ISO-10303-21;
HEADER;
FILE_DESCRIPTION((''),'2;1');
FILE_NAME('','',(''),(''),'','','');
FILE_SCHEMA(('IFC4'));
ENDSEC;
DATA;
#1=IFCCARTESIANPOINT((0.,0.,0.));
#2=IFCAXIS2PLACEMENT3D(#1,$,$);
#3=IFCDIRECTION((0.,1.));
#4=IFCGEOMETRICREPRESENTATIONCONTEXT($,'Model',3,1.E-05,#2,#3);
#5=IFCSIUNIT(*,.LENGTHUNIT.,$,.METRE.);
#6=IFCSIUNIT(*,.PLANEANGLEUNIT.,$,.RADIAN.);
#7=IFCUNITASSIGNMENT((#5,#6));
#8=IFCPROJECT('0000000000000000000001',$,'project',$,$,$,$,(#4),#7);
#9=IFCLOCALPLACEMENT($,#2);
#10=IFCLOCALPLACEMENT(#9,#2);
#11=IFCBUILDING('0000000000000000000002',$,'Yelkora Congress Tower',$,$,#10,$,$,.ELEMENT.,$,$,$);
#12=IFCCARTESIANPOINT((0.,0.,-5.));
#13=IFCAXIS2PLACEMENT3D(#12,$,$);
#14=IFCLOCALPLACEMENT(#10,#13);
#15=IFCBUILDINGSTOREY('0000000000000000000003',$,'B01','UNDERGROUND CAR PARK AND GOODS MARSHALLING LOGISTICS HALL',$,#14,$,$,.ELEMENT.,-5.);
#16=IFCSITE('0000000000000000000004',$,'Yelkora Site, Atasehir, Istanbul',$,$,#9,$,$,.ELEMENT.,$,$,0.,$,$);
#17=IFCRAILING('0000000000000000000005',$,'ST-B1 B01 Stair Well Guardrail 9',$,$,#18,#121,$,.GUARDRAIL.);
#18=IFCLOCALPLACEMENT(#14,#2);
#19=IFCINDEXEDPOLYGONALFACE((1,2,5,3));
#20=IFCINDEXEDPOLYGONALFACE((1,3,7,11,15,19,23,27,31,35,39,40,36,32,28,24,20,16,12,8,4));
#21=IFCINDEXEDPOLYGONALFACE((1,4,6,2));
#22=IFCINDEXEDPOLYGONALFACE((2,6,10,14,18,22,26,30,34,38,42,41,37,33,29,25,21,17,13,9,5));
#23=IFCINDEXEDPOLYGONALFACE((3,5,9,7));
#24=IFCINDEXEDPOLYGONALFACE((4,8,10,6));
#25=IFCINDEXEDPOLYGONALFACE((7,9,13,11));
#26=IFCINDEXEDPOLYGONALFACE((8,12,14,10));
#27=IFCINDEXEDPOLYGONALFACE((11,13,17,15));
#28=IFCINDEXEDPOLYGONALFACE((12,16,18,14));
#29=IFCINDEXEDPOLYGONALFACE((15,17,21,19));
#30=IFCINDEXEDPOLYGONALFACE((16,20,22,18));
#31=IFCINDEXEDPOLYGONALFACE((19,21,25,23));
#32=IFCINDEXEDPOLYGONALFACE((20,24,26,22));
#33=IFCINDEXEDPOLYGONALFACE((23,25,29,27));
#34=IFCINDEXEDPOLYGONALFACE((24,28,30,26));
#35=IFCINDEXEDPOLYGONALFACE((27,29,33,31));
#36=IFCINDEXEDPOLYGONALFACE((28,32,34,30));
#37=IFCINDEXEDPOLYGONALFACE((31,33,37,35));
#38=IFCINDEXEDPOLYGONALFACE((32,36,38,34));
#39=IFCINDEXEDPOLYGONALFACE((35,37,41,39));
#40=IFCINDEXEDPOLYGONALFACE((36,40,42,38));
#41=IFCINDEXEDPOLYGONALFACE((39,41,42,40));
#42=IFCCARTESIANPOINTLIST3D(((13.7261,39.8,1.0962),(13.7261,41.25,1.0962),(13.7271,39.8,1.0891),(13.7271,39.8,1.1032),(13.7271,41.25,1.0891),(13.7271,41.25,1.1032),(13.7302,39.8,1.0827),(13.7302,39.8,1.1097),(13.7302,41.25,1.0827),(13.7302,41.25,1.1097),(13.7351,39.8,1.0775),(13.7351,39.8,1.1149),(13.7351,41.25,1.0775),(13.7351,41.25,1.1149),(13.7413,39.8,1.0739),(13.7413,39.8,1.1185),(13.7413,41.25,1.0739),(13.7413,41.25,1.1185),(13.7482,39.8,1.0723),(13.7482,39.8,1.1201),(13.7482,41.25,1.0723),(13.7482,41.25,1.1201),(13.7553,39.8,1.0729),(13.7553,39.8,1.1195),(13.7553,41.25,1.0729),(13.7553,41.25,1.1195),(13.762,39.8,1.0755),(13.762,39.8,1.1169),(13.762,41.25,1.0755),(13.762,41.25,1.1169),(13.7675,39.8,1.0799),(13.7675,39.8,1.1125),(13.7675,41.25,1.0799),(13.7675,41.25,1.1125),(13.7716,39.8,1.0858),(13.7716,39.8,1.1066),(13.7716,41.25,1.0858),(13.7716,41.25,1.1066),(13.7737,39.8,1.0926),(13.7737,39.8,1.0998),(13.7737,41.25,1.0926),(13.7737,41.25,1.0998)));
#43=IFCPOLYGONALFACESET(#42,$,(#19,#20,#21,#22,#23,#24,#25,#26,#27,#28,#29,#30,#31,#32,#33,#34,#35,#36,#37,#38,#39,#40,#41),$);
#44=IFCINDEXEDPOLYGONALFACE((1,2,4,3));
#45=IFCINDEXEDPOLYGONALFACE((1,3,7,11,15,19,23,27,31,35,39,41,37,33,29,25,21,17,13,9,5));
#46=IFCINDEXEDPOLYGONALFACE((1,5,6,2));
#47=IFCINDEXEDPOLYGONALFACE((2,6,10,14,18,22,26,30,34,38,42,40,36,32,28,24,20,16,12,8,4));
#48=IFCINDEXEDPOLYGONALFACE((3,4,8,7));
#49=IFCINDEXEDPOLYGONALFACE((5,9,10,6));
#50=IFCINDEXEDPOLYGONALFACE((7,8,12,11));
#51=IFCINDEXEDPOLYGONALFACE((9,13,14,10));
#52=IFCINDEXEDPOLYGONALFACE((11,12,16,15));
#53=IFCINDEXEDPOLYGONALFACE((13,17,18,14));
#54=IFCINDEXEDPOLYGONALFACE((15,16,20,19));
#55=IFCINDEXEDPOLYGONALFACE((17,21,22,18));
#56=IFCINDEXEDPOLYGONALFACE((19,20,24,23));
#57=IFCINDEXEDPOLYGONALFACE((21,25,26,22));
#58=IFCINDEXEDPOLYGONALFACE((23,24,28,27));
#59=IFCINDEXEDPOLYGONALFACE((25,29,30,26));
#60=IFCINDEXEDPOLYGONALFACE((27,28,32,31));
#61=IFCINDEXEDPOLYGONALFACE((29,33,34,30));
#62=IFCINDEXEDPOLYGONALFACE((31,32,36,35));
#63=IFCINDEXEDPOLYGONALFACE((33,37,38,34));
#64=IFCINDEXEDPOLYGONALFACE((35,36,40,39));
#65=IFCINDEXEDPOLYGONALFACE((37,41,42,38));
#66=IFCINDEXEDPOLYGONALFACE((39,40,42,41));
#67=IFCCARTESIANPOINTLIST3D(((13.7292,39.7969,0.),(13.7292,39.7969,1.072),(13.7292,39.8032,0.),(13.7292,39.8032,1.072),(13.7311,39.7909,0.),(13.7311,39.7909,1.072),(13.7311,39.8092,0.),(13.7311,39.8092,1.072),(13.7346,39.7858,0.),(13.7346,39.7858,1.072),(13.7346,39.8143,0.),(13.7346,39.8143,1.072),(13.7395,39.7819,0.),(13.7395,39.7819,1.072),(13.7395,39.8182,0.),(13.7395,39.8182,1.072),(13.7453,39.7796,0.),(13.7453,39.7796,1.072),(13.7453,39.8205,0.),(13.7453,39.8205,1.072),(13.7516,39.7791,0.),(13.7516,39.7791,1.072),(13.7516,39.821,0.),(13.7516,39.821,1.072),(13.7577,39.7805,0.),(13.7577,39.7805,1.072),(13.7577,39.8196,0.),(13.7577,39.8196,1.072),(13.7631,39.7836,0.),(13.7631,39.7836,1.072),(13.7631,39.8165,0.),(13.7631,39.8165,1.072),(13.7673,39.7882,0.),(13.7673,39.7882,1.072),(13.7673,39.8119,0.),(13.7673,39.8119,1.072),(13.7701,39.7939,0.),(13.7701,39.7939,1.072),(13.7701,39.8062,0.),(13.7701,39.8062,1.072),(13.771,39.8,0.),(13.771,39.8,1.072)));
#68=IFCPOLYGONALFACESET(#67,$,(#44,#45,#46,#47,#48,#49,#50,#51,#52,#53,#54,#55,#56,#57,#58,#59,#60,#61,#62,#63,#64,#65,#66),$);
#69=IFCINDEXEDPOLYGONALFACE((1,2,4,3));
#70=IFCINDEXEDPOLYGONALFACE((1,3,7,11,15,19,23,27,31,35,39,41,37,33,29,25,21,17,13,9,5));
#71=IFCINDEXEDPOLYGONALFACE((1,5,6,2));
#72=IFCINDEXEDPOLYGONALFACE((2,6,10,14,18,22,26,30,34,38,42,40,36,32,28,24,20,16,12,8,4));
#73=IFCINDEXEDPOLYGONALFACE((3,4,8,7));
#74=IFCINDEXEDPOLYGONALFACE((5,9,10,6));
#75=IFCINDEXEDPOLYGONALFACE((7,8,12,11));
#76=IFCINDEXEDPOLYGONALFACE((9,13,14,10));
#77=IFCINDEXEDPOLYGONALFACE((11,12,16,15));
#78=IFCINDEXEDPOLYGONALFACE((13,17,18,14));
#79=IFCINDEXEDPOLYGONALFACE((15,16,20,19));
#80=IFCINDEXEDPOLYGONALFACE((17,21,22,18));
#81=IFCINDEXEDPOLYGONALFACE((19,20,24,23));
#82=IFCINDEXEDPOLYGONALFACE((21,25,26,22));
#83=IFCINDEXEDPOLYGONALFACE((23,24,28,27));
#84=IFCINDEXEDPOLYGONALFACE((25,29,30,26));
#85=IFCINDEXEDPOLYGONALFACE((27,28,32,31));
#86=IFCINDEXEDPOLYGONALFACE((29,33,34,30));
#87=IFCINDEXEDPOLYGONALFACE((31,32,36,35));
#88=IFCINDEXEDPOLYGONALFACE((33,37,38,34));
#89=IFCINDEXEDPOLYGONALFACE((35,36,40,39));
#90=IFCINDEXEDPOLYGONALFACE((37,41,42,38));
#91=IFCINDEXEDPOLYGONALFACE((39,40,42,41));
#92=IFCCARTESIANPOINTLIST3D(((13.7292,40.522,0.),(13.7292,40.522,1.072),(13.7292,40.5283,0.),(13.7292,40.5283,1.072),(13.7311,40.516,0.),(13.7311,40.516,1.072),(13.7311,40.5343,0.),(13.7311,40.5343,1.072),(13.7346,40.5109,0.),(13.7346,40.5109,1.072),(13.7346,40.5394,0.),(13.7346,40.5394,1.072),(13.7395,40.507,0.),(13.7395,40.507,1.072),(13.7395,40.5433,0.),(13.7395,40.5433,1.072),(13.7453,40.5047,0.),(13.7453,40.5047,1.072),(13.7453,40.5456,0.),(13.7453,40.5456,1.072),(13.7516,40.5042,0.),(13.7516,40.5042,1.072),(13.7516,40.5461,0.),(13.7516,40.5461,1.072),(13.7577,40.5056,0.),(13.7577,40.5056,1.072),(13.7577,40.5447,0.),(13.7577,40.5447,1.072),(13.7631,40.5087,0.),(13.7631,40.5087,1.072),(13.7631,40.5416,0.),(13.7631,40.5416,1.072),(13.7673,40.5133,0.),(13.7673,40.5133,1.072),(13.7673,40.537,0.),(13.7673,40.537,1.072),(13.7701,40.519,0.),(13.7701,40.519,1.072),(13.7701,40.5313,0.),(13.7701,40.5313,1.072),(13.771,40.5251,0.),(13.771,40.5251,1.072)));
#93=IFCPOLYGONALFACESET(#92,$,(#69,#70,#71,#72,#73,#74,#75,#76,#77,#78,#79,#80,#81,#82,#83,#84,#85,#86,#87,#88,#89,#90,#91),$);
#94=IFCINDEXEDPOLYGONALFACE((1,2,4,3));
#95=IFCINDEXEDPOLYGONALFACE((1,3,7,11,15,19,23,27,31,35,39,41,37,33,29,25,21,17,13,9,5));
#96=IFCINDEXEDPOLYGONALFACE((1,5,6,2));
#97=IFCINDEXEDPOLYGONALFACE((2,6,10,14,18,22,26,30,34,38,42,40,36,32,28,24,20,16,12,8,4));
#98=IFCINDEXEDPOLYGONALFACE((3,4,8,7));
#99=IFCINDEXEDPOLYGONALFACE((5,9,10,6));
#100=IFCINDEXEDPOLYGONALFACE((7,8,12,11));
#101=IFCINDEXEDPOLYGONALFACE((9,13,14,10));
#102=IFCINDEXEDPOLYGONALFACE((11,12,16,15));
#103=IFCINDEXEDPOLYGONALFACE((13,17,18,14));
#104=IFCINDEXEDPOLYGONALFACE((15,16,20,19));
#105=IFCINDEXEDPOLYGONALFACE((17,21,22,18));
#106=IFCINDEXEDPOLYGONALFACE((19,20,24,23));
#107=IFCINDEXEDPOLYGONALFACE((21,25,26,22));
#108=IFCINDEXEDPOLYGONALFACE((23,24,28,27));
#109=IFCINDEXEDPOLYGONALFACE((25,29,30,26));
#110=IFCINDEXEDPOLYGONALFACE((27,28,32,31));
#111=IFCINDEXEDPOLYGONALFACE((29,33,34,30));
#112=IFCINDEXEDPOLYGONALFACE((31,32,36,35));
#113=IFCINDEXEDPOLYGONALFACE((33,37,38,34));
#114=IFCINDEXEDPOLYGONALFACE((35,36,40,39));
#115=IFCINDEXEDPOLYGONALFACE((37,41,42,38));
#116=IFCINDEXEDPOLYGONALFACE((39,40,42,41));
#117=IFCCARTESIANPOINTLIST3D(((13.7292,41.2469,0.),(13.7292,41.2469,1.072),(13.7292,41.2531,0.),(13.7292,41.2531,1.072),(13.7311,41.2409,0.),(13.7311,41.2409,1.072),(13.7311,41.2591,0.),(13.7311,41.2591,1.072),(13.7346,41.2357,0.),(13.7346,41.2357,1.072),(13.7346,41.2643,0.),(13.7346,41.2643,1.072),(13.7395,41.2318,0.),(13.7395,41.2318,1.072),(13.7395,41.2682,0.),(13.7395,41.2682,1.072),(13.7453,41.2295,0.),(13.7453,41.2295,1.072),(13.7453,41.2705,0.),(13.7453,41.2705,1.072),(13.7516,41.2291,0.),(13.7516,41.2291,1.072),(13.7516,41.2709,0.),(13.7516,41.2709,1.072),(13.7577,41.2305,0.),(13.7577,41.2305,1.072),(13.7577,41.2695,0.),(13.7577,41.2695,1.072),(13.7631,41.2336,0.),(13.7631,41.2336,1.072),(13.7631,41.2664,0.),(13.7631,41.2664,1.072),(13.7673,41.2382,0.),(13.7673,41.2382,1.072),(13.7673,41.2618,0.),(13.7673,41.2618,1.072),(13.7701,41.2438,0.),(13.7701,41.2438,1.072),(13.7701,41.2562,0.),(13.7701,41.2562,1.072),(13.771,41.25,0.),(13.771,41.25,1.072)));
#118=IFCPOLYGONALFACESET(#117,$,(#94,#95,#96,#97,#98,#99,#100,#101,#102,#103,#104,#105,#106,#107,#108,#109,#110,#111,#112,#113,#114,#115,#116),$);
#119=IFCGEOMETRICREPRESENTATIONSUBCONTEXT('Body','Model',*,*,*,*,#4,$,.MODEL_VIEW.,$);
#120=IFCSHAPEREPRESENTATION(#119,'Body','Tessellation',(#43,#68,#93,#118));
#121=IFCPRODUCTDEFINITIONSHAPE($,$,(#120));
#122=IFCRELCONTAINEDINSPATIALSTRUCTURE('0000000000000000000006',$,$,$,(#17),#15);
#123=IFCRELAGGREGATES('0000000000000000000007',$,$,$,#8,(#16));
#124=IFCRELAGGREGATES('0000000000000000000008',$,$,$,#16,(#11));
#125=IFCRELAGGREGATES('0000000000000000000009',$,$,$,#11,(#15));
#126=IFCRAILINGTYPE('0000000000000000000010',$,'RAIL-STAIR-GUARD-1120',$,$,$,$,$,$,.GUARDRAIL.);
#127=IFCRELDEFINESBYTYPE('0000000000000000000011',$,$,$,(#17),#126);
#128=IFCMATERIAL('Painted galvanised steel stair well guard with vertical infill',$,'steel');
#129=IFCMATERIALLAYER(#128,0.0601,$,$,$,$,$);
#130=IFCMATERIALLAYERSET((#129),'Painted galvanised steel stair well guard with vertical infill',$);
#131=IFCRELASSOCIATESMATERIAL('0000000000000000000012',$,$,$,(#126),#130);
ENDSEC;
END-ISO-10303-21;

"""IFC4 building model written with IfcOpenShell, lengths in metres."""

from ifc_helpers import new_model, si_unit, direction, frame, origin, origin_2d, place, context, subcontext, project, spatial, circle, extrude, material, layer, layer_set, type_object, element, save


model = new_model("IFC4")

# Units and contexts
model_context = context("Model", 3, precision=1e-05, world=origin(), true_north=direction((0.0, 1.0)))
body_context = subcontext(model_context, "Body", "Model", "MODEL_VIEW")
ifc_project = project(units=[si_unit("LENGTHUNIT", "METRE"), si_unit("PLANEANGLEUNIT", "RADIAN")], contexts=[model_context])

# Site, building, storey
site_placement = place(None, origin())
site = spatial("IfcSite", under=ifc_project, at=site_placement, Name="Yelkora Site, Atasehir, Istanbul", CompositionType="ELEMENT", RefElevation=0.0)
building_placement = place(site_placement, origin())
building = spatial("IfcBuilding", under=site, at=building_placement, Name="Yelkora Congress Tower", CompositionType="ELEMENT")
storey_placement = place(building_placement, frame((0.0, 0.0, -5.0)))
storey = spatial("IfcBuildingStorey", under=building, at=storey_placement, Name="B01", Description="UNDERGROUND CAR PARK AND GOODS MARSHALLING LOGISTICS HALL", CompositionType="ELEMENT", Elevation=-5.0)

# Railing
ifc_material_1 = material(Name="Painted galvanised steel stair well guard with vertical infill", Category="steel")
ifc_layer_1 = layer(ifc_material_1, 0.0601)
ifc_layer_set_1 = layer_set([ifc_layer_1], Name="Painted galvanised steel stair well guard with vertical infill")
railing_type = type_object("IfcRailingType", Name="RAIL-STAIR-GUARD-1120", PredefinedType="GUARDRAIL", material=ifc_layer_set_1)
railing_1_placement = place(storey_placement, frame((13.75, 39.8, 0.0)))
element("IfcRailing", 1, at=railing_1_placement, inside=storey, type_object=railing_type, Name="ST-B1 B01 Stair Well Guardrail 9", PredefinedType="GUARDRAIL", context=body_context, shape_type="SweptSolid", body=[
    extrude(circle(Radius=0.0239, at=origin_2d()), frame((0.0, 0.0, 1.0962), z_axis=(0.0, 1.0, 0.0), x_axis=(-1.0, 0.0, 0.0)), (0.0, 0.0, 1.0), 1.45),
    extrude(circle(Radius=0.021, at=origin_2d()), origin(), (0.0, 0.0, 1.0), 1.072),
    extrude(circle(Radius=0.021, at=origin_2d()), frame((0.0, 0.7251, 0.0)), (0.0, 0.0, 1.0), 1.072),
    extrude(circle(Radius=0.021, at=origin_2d()), frame((0.0, 1.45, 0.0)), (0.0, 0.0, 1.0), 1.072),
])

save(model, "model.ifc")
